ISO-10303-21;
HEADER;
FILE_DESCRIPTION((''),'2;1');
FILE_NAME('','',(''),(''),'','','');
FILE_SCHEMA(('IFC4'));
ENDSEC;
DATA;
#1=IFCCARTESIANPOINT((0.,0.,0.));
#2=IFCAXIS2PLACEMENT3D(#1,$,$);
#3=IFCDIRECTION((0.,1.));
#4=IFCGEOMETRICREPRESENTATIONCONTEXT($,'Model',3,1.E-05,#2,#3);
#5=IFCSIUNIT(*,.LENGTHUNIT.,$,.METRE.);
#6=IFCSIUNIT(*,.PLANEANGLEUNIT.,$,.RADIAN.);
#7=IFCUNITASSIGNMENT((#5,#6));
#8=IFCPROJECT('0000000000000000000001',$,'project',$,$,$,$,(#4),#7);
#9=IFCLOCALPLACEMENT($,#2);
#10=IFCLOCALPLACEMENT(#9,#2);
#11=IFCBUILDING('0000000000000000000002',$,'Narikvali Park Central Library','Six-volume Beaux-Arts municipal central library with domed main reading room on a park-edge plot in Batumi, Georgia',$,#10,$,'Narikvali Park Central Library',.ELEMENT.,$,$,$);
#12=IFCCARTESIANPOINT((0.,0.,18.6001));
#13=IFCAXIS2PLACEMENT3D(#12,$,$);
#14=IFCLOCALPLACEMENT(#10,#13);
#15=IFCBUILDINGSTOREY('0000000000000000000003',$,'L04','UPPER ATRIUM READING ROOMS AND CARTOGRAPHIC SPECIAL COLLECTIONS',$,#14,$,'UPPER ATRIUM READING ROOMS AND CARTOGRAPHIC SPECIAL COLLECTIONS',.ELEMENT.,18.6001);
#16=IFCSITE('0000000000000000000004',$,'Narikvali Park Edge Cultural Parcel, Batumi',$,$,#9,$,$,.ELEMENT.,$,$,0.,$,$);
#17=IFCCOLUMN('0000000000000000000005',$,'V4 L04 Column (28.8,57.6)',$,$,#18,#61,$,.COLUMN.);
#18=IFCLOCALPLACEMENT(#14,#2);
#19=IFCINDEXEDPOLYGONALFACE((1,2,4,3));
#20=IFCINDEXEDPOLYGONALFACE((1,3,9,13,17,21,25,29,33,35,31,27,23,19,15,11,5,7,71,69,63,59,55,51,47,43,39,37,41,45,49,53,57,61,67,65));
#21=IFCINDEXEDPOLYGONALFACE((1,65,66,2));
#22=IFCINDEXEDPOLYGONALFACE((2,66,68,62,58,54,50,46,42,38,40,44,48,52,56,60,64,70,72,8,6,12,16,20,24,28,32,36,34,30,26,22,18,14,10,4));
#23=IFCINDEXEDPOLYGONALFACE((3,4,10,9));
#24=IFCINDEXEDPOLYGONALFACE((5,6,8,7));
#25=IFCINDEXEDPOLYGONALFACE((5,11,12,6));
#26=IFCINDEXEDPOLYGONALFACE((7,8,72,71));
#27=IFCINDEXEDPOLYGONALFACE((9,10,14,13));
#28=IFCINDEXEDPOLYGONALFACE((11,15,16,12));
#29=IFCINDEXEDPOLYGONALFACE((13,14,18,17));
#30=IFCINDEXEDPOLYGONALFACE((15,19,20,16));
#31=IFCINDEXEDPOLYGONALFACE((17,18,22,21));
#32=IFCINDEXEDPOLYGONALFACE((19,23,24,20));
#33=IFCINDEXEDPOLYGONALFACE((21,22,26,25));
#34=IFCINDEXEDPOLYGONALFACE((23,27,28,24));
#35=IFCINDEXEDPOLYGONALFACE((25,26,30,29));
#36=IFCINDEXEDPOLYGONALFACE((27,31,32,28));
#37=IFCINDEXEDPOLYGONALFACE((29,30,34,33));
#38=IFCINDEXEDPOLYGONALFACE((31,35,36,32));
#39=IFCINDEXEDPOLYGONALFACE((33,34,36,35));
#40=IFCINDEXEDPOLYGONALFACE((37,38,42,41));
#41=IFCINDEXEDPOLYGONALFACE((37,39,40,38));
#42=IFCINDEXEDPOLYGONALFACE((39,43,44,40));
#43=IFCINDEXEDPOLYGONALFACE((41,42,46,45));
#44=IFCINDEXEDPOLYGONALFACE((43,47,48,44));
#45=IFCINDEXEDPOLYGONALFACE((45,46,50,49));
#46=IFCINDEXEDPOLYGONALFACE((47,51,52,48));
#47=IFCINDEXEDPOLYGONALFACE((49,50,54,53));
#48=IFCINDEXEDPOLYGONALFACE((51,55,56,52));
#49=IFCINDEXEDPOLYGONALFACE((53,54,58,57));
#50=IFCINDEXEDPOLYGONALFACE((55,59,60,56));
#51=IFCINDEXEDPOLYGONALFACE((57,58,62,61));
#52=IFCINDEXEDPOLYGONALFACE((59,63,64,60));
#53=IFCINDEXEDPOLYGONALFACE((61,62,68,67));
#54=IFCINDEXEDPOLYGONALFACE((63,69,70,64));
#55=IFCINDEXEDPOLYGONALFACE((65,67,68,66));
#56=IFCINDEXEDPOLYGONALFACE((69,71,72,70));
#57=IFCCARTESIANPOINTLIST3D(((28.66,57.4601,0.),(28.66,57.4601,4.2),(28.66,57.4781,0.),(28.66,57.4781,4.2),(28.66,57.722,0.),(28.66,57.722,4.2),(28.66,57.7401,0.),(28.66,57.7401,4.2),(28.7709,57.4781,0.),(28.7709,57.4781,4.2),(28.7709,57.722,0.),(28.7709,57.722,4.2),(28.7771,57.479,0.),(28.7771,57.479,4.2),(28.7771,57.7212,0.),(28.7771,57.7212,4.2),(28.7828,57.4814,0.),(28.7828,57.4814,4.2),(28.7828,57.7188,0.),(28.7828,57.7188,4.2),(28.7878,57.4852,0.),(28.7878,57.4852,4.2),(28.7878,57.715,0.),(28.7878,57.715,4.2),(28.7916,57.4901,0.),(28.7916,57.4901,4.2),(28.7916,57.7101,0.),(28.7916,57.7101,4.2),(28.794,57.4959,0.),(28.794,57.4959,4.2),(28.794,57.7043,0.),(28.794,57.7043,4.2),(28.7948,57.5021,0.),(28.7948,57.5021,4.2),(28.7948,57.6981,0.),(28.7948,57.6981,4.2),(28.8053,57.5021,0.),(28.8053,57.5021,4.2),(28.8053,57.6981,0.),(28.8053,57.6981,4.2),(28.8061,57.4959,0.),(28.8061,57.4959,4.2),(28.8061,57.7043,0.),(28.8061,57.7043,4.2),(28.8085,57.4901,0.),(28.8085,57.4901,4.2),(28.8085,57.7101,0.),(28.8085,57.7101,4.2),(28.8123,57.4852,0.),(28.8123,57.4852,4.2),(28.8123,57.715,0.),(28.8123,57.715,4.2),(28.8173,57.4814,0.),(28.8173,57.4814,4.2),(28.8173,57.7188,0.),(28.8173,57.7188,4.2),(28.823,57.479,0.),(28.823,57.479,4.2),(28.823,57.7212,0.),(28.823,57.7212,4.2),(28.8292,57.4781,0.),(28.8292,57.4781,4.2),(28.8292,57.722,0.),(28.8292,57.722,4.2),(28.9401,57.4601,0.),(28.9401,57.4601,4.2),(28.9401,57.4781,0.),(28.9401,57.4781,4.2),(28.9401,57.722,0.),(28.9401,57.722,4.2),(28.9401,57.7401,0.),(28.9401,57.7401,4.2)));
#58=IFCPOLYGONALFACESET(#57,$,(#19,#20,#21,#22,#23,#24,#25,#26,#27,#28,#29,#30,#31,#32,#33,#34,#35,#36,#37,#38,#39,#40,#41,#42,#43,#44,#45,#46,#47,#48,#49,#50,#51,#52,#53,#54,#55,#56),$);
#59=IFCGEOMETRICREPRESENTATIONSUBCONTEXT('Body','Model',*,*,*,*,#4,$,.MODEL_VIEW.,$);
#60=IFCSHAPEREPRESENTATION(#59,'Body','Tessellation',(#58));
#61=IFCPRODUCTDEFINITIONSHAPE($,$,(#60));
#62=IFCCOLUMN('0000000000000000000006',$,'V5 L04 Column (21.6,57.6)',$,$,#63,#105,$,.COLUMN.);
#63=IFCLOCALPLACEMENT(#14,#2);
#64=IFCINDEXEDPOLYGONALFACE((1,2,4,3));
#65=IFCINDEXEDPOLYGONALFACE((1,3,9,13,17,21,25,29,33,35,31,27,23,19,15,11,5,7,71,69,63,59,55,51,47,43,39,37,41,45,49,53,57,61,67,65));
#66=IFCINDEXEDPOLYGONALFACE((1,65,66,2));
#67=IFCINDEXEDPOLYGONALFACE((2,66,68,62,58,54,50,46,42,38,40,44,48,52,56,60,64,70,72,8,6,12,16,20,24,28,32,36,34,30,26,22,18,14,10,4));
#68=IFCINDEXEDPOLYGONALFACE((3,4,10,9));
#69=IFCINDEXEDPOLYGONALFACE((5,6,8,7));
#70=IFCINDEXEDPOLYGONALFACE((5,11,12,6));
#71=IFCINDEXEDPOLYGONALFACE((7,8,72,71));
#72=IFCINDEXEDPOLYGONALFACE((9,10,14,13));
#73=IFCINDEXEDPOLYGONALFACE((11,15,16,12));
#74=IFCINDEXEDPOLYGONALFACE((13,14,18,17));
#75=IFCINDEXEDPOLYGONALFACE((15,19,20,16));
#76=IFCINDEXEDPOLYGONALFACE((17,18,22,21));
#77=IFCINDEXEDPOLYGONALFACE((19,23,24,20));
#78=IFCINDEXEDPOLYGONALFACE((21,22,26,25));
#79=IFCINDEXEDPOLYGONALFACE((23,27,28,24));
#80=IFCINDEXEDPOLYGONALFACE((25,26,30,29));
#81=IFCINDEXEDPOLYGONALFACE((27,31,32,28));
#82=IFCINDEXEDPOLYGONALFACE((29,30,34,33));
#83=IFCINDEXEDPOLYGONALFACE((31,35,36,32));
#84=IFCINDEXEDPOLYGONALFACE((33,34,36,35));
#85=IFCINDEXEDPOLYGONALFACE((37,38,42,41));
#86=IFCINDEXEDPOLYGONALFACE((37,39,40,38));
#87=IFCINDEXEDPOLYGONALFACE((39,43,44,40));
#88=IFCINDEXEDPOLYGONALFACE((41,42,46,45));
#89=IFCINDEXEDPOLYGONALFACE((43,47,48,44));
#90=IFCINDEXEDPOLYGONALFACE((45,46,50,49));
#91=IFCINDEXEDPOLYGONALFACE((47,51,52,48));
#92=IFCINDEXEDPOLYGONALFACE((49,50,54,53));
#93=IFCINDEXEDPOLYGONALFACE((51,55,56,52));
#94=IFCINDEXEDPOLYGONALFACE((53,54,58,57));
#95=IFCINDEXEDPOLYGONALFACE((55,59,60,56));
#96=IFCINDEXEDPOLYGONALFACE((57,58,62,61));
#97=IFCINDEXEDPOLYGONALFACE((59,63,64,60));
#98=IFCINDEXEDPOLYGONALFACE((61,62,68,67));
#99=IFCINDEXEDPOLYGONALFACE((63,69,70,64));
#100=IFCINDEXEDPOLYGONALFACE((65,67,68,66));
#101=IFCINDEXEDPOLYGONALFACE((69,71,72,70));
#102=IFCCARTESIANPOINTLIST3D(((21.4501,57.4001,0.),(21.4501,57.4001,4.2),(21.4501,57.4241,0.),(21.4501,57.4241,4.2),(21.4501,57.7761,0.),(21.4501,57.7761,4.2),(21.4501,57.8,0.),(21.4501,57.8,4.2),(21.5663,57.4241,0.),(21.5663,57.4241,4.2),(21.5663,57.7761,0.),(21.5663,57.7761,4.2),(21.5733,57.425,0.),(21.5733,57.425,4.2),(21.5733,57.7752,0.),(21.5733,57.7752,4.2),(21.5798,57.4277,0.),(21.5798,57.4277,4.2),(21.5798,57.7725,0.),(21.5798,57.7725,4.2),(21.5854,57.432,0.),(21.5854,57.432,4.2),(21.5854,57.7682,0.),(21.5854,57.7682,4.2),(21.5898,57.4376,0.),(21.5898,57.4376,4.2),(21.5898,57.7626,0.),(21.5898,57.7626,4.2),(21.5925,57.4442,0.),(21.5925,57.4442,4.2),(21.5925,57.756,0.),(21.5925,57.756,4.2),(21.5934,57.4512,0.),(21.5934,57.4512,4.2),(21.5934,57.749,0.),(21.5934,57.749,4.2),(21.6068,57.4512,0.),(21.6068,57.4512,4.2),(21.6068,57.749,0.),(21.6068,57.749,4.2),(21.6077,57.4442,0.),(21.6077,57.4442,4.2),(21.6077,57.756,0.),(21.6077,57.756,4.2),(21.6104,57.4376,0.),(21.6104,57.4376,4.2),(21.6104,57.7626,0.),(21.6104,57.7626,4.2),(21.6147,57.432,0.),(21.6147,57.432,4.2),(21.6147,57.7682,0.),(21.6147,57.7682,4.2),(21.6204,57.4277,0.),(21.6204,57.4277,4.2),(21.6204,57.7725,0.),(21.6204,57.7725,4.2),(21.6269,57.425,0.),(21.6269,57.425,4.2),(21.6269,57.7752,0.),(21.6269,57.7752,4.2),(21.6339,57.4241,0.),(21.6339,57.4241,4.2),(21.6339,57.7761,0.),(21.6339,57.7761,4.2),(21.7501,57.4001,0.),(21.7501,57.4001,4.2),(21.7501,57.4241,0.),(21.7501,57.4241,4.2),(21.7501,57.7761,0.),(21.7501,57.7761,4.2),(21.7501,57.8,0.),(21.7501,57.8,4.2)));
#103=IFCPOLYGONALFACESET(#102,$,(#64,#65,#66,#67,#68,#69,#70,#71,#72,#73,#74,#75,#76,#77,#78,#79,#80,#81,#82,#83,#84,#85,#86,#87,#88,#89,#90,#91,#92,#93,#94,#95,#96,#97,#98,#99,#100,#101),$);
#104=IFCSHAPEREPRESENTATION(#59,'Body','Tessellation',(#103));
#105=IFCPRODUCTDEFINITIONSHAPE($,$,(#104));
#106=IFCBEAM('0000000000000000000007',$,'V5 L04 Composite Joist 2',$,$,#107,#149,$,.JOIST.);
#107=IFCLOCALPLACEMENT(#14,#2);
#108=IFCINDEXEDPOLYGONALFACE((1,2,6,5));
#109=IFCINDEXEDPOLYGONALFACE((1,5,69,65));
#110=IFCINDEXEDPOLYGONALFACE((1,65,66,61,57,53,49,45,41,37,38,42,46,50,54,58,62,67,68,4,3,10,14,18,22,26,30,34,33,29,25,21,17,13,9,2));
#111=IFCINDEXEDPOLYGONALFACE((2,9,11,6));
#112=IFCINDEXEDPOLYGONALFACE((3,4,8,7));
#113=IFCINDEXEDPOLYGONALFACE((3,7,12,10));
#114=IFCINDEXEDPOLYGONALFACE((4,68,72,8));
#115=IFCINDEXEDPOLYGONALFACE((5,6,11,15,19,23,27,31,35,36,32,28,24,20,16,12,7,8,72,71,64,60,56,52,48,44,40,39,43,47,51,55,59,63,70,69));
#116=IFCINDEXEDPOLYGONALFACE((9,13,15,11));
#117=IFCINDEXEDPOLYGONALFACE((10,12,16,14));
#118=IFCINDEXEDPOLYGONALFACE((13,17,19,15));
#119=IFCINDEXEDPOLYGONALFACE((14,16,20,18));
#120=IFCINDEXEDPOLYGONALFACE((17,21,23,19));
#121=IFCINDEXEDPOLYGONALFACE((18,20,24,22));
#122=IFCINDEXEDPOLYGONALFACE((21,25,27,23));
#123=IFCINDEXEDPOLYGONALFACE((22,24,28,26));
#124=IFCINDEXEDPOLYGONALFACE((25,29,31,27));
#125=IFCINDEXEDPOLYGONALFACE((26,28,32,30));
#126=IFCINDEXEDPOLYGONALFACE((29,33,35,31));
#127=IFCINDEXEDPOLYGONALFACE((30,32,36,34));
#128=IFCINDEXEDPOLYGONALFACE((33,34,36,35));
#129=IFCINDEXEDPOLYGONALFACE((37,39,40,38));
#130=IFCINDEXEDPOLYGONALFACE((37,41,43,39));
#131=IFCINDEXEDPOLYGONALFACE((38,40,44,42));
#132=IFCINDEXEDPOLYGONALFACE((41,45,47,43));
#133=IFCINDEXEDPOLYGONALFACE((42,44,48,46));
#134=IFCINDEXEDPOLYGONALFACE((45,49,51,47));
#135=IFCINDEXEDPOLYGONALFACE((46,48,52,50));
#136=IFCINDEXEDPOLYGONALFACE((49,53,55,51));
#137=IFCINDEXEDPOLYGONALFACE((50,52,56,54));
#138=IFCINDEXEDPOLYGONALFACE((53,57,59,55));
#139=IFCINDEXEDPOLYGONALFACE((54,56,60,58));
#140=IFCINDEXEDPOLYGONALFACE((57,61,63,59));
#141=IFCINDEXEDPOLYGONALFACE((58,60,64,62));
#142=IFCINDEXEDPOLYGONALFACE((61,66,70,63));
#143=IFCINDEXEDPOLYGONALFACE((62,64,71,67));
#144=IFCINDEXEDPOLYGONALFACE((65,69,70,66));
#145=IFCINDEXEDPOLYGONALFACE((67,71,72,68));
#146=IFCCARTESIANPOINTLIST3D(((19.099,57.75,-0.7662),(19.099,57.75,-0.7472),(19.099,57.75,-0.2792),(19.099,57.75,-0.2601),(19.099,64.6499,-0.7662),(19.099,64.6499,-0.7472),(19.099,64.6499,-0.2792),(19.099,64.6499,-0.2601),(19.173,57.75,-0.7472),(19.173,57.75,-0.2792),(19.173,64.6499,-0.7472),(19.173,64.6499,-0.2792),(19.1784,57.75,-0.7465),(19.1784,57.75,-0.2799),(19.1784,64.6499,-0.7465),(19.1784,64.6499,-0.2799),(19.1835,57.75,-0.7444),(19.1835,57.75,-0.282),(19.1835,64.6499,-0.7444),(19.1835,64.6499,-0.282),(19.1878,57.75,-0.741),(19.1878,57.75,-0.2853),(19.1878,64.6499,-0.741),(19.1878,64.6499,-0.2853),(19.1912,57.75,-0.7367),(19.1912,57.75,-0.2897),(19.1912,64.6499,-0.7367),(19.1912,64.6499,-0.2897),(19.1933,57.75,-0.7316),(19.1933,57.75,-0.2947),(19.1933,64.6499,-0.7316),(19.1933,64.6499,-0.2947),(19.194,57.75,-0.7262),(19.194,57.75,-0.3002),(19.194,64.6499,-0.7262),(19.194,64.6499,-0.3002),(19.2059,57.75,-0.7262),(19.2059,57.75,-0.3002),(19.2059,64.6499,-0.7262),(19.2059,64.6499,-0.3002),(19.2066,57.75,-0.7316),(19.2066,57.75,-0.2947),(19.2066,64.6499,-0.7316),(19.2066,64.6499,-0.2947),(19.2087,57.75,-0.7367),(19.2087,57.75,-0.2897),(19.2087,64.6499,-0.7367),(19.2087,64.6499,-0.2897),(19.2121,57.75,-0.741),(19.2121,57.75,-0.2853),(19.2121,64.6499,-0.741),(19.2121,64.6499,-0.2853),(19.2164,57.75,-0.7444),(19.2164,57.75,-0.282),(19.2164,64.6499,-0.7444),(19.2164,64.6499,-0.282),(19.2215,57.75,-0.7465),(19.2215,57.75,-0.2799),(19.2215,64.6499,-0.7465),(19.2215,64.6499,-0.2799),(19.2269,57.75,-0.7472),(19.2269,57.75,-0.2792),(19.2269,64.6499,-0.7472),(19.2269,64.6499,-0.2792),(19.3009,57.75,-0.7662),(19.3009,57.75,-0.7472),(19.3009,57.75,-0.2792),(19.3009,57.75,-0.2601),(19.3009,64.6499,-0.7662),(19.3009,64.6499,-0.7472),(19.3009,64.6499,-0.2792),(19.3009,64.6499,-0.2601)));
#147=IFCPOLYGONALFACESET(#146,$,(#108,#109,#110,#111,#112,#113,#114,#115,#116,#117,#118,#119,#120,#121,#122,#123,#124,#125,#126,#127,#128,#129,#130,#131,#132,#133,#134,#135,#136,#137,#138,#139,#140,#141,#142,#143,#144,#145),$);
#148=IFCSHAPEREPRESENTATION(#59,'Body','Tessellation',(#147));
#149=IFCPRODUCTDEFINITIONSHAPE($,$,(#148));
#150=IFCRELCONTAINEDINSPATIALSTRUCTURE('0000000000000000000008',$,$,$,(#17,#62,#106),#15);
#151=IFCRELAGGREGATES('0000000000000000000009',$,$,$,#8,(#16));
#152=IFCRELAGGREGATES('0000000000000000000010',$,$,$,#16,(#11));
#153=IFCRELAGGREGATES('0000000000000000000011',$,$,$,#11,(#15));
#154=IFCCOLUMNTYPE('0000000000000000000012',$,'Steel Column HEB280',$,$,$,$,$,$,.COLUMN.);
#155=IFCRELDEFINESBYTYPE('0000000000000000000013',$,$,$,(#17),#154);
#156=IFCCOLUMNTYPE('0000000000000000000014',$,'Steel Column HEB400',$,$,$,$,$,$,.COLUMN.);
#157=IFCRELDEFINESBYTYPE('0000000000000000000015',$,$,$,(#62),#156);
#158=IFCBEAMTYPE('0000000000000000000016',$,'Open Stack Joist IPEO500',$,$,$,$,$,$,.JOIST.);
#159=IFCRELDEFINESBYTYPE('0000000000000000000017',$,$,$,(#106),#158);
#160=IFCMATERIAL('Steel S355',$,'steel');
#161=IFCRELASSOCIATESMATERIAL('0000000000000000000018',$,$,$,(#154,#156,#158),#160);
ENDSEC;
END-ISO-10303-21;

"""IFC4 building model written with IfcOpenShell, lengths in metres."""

from ifc_helpers import new_model, si_unit, direction, frame, origin, origin_2d, place, context, subcontext, project, spatial, i_section, extrude, material, material_profile, profile_set, type_object, element, save


model = new_model("IFC4")

# Units and contexts
model_context = context("Model", 3, precision=1e-05, world=origin(), true_north=direction((0.0, 1.0)))
body_context = subcontext(model_context, "Body", "Model", "MODEL_VIEW")
ifc_project = project(units=[si_unit("LENGTHUNIT", "METRE"), si_unit("PLANEANGLEUNIT", "RADIAN")], contexts=[model_context])

# Site, building, storey
site_placement = place(None, origin())
site = spatial("IfcSite", under=ifc_project, at=site_placement, Name="Narikvali Park Edge Cultural Parcel, Batumi", CompositionType="ELEMENT", RefElevation=0.0)
building_placement = place(site_placement, origin())
building = spatial("IfcBuilding", under=site, at=building_placement, Name="Narikvali Park Central Library", Description="Six-volume Beaux-Arts municipal central library with domed main reading room on a park-edge plot in Batumi, Georgia", LongName="Narikvali Park Central Library", CompositionType="ELEMENT")
storey_placement = place(building_placement, frame((0.0, 0.0, 18.6001)))
storey = spatial("IfcBuildingStorey", under=building, at=storey_placement, Name="L04", Description="UPPER ATRIUM READING ROOMS AND CARTOGRAPHIC SPECIAL COLLECTIONS", LongName="UPPER ATRIUM READING ROOMS AND CARTOGRAPHIC SPECIAL COLLECTIONS", CompositionType="ELEMENT", Elevation=18.6001)

# Columns
ifc_material_1 = material(Name="Steel S355", Category="steel")
ifc_material_profile_1 = material_profile(ifc_material_1, i_section(OverallWidth=0.28, OverallDepth=0.28, WebThickness=0.0105, FlangeThickness=0.0181, FilletRadius=0.0239, at=origin_2d()), Name="HEB 280")
ifc_profile_set_1 = profile_set([ifc_material_profile_1], Name="Steel S355")
column_type_1 = type_object("IfcColumnType", Name="Steel Column HEB280", PredefinedType="COLUMN", material=ifc_profile_set_1)
column_1_placement = place(storey_placement, frame((28.8, 57.6001, 0.0), z_axis=(0.0, 0.0, 1.0), x_axis=(1.0, 0.0, 0.0)))
element("IfcColumn", 1, at=column_1_placement, inside=storey, type_object=column_type_1, Name="V4 L04 Column (28.8,57.6)", PredefinedType="COLUMN", context=body_context, shape_type="SweptSolid", body=[
    extrude(i_section(OverallWidth=0.28, OverallDepth=0.28, WebThickness=0.0105, FlangeThickness=0.0181, FilletRadius=0.0239, at=origin_2d()), origin(), (0.0, 0.0, 1.0), 4.2),
])
ifc_material_profile_2 = material_profile(ifc_material_1, i_section(OverallWidth=0.3, OverallDepth=0.3999, WebThickness=0.0134, FlangeThickness=0.0239, FilletRadius=0.0271, at=origin_2d()), Name="HEB 400")
ifc_profile_set_2 = profile_set([ifc_material_profile_2], Name="Steel S355")
column_type_2 = type_object("IfcColumnType", Name="Steel Column HEB400", PredefinedType="COLUMN", material=ifc_profile_set_2)
column_2_placement = place(storey_placement, frame((21.6001, 57.6001, 0.0), z_axis=(0.0, 0.0, 1.0), x_axis=(1.0, 0.0, 0.0)))
element("IfcColumn", 2, at=column_2_placement, inside=storey, type_object=column_type_2, Name="V5 L04 Column (21.6,57.6)", PredefinedType="COLUMN", context=body_context, shape_type="SweptSolid", body=[
    extrude(i_section(OverallWidth=0.3, OverallDepth=0.3999, WebThickness=0.0134, FlangeThickness=0.0239, FilletRadius=0.0271, at=origin_2d()), origin(), (0.0, 0.0, 1.0), 4.2),
])

# Beam
ifc_material_profile_3 = material_profile(ifc_material_1, i_section(OverallWidth=0.2019, OverallDepth=0.5061, WebThickness=0.012, FlangeThickness=0.019, FilletRadius=0.021, at=origin_2d()), Name="IPEO 500")
ifc_profile_set_3 = profile_set([ifc_material_profile_3], Name="Steel S355")
beam_type_1 = type_object("IfcBeamType", Name="Open Stack Joist IPEO500", PredefinedType="JOIST", material=ifc_profile_set_3)
beam_1_placement = place(storey_placement, frame((19.2, 57.75, -0.5132), z_axis=(0.0, 1.0, 0.0), x_axis=(-1.0, 0.0, 0.0)))
element("IfcBeam", 3, at=beam_1_placement, inside=storey, type_object=beam_type_1, Name="V5 L04 Composite Joist 2", PredefinedType="JOIST", context=body_context, shape_type="SweptSolid", body=[
    extrude(i_section(OverallWidth=0.2019, OverallDepth=0.5061, WebThickness=0.012, FlangeThickness=0.019, FilletRadius=0.021, at=origin_2d()), origin(), (0.0, 0.0, 1.0), 6.8999),
])

save(model, "model.ifc")
